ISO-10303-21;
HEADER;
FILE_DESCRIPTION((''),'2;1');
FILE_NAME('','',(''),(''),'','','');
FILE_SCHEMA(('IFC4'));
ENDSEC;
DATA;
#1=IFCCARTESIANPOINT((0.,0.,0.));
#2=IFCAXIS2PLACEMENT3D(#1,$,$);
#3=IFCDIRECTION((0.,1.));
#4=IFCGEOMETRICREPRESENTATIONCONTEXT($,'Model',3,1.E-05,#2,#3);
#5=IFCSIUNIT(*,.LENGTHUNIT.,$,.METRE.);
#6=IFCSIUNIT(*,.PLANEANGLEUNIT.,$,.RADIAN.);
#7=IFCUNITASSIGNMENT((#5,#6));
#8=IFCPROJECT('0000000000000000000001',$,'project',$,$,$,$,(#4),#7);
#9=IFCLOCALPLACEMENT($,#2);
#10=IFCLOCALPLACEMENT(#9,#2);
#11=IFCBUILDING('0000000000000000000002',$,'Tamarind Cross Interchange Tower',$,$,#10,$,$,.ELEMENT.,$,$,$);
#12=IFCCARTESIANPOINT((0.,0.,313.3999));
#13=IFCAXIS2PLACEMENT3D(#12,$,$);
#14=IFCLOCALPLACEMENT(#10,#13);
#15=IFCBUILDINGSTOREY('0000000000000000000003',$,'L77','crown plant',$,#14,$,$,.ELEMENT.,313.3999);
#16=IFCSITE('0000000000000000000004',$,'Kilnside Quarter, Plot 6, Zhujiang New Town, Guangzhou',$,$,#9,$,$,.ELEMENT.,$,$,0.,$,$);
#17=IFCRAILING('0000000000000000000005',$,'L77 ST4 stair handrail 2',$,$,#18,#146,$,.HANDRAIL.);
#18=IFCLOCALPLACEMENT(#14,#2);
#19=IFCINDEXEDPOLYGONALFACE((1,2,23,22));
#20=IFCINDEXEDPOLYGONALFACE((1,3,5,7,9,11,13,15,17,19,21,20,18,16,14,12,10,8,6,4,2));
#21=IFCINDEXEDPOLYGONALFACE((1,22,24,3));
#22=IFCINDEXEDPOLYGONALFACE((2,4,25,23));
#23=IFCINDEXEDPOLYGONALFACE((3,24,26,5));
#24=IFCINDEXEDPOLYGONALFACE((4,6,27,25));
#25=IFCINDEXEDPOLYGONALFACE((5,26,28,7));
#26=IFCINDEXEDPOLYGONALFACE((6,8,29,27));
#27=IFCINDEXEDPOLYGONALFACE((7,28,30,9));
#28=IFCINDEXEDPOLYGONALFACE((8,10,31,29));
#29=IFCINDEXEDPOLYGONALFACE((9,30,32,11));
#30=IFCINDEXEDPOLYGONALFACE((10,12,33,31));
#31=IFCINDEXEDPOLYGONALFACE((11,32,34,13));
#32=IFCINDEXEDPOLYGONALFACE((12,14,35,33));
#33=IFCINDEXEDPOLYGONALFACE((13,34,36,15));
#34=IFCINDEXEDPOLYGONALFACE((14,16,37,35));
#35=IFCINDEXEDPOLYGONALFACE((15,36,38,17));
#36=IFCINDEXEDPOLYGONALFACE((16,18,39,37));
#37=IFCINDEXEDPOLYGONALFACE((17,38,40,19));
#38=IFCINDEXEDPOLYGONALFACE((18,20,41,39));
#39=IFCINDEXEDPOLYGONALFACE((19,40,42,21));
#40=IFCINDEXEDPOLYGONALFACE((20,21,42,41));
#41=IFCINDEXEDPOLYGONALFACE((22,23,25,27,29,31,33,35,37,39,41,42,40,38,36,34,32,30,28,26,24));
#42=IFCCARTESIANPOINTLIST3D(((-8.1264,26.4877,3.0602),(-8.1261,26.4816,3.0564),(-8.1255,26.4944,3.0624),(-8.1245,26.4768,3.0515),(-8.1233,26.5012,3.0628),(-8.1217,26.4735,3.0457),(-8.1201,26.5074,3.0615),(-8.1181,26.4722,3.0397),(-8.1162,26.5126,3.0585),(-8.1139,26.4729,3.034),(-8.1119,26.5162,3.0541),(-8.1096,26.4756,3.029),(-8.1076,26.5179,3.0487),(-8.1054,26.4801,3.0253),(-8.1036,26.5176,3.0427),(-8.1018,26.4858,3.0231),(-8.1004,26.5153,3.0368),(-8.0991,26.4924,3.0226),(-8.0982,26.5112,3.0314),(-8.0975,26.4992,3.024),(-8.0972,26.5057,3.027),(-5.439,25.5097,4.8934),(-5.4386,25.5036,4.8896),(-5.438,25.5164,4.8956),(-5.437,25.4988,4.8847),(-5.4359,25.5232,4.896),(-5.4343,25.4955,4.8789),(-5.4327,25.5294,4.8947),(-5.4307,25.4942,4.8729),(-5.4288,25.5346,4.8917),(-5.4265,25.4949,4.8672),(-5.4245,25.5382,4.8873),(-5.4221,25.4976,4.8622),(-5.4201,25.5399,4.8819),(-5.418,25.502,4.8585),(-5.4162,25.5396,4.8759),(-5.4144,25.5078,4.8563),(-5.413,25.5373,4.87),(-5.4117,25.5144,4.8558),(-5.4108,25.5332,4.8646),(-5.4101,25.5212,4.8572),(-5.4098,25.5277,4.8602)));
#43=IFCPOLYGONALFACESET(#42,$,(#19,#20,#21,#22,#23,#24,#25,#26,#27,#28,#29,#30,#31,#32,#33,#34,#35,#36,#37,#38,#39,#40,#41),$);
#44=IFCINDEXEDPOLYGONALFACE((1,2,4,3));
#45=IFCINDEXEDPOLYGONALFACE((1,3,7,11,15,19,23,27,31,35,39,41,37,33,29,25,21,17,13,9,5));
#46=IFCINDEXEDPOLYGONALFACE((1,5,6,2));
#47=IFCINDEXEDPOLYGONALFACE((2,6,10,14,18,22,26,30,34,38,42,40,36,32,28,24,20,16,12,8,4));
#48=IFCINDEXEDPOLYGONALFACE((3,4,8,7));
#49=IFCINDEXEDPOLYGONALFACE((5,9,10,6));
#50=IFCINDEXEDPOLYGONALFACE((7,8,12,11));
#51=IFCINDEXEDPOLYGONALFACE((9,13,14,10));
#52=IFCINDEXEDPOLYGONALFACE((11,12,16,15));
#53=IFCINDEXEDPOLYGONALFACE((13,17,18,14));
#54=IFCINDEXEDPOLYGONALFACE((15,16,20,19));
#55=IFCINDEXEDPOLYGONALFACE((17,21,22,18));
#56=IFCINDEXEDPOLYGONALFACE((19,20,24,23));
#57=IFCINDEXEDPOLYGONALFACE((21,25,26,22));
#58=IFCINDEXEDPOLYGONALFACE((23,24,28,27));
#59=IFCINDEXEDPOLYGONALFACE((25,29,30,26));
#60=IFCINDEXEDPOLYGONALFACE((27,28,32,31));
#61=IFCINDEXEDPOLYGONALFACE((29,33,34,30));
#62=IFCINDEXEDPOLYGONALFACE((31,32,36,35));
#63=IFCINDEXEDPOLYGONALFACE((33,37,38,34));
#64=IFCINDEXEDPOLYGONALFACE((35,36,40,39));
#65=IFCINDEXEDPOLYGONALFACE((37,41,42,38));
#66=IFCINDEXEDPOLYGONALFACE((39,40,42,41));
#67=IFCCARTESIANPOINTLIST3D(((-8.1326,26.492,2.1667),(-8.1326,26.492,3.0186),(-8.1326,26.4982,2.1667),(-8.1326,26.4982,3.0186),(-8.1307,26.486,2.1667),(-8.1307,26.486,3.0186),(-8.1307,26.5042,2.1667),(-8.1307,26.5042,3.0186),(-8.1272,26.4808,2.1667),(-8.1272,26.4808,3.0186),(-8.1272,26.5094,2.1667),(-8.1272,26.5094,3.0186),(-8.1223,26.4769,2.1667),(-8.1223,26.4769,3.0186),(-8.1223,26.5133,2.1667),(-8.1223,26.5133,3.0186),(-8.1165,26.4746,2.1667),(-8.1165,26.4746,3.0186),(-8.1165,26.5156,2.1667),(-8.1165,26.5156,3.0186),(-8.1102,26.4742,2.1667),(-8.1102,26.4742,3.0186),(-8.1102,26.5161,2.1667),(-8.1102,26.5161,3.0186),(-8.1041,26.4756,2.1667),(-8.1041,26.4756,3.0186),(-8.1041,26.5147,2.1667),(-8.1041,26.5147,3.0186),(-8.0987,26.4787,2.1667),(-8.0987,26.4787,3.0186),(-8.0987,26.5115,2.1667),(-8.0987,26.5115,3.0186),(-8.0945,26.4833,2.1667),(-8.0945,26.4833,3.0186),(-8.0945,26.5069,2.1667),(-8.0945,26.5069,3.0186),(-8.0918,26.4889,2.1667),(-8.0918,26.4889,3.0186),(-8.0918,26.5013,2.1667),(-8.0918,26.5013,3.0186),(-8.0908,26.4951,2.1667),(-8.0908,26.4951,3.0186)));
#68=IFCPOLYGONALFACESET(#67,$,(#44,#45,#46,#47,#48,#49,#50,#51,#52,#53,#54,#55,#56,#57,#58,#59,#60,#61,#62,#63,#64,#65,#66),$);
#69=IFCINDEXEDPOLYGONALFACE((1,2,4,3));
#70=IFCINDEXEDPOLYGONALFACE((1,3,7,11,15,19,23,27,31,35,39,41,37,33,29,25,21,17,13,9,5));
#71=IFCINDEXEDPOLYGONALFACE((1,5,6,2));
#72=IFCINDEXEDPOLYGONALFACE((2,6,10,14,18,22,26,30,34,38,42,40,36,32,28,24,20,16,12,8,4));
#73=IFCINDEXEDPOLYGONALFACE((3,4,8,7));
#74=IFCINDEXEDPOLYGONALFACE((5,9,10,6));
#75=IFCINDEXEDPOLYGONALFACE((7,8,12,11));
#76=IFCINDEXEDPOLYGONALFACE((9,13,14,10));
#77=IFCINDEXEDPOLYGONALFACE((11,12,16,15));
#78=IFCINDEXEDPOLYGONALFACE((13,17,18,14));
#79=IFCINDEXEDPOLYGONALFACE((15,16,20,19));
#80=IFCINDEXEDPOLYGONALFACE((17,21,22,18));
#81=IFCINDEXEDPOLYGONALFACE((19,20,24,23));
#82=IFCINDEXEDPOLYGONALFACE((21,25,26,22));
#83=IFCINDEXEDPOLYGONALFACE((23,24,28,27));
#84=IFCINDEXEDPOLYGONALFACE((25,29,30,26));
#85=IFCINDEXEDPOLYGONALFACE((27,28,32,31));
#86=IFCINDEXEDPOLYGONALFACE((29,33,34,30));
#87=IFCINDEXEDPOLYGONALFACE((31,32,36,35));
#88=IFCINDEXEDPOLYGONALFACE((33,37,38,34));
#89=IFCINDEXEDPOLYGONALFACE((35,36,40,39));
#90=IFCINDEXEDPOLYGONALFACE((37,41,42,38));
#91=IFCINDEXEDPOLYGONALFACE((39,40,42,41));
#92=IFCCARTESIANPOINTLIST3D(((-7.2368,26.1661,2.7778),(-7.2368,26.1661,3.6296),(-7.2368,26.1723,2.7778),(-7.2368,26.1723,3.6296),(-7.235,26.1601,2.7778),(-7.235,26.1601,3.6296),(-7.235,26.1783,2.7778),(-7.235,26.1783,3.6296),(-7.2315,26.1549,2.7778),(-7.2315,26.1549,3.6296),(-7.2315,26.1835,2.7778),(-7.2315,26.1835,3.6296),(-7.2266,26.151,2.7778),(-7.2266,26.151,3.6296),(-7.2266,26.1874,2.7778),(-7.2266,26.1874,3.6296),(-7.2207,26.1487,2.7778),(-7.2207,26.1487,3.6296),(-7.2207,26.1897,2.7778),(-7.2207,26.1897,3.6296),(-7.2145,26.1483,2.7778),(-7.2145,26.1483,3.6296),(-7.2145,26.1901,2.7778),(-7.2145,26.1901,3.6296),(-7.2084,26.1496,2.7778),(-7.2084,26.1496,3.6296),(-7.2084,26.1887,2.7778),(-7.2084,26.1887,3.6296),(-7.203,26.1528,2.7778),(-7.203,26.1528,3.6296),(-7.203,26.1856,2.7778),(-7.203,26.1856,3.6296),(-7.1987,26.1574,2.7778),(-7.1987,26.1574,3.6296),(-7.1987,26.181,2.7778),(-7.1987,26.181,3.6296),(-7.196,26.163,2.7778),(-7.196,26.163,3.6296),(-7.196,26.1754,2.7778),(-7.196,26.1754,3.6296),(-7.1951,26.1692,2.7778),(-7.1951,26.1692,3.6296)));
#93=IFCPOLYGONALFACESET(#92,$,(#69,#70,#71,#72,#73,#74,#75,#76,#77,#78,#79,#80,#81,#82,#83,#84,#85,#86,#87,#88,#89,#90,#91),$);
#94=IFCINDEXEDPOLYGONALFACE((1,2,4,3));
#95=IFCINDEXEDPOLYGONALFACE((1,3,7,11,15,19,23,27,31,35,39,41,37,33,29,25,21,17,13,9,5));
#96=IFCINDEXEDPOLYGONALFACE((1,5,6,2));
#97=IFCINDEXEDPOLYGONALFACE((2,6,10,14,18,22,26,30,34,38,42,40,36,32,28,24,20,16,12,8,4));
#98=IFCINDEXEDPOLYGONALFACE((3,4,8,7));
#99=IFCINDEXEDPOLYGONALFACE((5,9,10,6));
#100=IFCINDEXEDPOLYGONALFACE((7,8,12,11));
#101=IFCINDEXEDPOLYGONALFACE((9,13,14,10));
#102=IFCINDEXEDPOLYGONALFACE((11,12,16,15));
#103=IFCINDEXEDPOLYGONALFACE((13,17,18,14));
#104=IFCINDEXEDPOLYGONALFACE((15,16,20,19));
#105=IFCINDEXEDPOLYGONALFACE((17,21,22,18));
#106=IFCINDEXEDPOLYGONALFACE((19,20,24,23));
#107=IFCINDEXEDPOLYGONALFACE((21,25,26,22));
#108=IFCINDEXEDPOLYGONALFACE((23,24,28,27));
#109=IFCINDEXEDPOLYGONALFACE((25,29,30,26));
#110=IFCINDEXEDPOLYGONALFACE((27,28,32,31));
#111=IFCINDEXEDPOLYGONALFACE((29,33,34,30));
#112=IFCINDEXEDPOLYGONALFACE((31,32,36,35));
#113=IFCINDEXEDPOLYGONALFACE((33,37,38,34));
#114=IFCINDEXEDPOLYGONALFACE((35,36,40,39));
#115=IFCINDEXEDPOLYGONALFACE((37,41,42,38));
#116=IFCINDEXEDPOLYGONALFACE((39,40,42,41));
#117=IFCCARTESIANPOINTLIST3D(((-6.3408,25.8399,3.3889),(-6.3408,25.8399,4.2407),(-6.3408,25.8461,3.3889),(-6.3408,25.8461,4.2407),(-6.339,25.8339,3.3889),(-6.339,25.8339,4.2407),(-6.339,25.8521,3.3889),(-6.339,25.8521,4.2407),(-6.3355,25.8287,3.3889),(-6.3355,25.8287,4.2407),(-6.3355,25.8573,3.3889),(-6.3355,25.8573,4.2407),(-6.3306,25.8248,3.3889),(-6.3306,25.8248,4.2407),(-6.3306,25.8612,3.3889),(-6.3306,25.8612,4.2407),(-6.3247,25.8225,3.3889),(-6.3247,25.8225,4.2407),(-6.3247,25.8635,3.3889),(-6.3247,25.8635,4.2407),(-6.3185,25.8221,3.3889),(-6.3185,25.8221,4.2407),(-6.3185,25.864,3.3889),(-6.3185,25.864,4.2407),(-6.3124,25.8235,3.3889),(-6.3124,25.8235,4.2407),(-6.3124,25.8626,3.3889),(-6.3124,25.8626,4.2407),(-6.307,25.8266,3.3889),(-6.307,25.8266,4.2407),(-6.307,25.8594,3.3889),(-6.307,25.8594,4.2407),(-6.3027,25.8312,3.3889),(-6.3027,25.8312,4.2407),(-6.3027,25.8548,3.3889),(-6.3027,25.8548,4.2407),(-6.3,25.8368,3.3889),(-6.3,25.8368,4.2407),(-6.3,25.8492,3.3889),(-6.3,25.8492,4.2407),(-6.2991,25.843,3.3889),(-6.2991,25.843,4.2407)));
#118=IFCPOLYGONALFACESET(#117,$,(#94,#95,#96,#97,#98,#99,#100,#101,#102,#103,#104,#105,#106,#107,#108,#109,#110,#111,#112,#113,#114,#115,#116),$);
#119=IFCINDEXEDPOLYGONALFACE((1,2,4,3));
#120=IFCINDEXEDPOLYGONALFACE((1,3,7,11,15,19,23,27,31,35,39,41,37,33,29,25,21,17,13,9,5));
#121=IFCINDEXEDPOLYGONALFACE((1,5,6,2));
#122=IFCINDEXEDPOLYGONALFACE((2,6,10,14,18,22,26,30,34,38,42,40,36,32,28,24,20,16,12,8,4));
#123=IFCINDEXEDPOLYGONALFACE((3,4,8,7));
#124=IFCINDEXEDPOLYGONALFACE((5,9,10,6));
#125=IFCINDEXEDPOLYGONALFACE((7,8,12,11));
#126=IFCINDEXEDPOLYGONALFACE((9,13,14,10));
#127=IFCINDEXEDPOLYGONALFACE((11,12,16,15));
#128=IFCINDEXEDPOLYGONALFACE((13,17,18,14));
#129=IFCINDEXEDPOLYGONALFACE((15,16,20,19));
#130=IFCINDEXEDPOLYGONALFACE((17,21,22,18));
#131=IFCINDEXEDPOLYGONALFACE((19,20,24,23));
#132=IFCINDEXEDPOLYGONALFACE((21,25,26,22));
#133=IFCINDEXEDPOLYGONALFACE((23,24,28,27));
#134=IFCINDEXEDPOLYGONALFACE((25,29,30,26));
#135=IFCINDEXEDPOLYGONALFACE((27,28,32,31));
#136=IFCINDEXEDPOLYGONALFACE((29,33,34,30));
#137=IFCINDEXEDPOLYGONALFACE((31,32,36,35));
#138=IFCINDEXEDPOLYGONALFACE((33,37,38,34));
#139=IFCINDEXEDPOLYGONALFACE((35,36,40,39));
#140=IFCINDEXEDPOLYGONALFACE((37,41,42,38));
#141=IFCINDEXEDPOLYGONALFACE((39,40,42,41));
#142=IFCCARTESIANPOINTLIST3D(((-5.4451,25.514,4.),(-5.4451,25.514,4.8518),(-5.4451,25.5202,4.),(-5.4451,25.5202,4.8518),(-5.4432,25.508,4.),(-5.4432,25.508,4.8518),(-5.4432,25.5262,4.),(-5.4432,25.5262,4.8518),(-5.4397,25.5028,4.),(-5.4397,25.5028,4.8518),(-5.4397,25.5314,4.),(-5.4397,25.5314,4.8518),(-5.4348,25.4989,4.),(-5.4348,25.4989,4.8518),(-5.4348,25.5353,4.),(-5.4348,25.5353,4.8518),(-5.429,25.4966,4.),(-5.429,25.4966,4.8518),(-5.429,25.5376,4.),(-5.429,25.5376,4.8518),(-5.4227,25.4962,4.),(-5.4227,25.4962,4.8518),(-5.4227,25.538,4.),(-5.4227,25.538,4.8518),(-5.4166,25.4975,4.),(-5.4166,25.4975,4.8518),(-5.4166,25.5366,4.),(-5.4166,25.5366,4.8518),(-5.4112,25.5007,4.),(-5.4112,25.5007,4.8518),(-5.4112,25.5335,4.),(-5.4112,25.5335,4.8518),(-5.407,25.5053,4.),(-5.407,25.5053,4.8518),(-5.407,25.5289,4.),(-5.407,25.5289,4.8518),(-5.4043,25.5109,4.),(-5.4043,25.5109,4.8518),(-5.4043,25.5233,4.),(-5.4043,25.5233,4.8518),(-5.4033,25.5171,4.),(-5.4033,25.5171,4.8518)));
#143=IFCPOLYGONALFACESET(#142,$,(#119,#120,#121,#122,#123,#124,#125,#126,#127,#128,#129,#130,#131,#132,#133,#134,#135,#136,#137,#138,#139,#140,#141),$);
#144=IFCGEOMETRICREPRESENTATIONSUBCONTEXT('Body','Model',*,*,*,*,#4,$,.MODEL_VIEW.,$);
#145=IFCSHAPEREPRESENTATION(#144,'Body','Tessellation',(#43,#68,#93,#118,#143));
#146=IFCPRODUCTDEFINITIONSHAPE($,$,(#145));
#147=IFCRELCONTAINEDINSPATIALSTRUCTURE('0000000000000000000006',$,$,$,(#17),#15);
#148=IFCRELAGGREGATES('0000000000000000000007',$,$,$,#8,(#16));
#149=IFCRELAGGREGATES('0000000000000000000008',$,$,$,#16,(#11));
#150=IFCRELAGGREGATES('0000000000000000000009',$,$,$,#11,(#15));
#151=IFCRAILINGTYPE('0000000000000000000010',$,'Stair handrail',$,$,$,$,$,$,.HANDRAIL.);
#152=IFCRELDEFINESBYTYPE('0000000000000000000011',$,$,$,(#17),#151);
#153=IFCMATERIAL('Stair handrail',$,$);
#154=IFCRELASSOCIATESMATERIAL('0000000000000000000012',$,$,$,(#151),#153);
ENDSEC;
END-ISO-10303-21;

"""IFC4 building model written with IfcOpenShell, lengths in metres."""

from ifc_helpers import new_model, si_unit, direction, frame, origin, origin_2d, place, context, subcontext, project, spatial, circle, extrude, material, type_object, element, save


model = new_model("IFC4")

# Units and contexts
model_context = context("Model", 3, precision=1e-05, world=origin(), true_north=direction((0.0, 1.0)))
body_context = subcontext(model_context, "Body", "Model", "MODEL_VIEW")
ifc_project = project(units=[si_unit("LENGTHUNIT", "METRE"), si_unit("PLANEANGLEUNIT", "RADIAN")], contexts=[model_context])

# Site, building, storey
site_placement = place(None, origin())
site = spatial("IfcSite", under=ifc_project, at=site_placement, Name="Kilnside Quarter, Plot 6, Zhujiang New Town, Guangzhou", CompositionType="ELEMENT", RefElevation=0.0)
building_placement = place(site_placement, origin())
building = spatial("IfcBuilding", under=site, at=building_placement, Name="Tamarind Cross Interchange Tower", CompositionType="ELEMENT")
storey_placement = place(building_placement, frame((0.0, 0.0, 313.3999)))
storey = spatial("IfcBuildingStorey", under=building, at=storey_placement, Name="L77", Description="crown plant", CompositionType="ELEMENT", Elevation=313.3999)

# Railing
ifc_material_1 = material(Name="Stair handrail")
railing_type_1 = type_object("IfcRailingType", Name="Stair handrail", PredefinedType="HANDRAIL", material=ifc_material_1)
railing_1_placement = place(storey_placement, frame((-8.1118, 26.4951, 2.1667)))
element("IfcRailing", 1, at=railing_1_placement, inside=storey, type_object=railing_type_1, Name="L77 ST4 stair handrail 2", PredefinedType="HANDRAIL", context=body_context, shape_type="SweptSolid", body=[
    extrude(circle(Radius=0.0239, at=origin_2d()), frame((0.0, 0.0, 0.876), z_axis=(0.791126, -0.287904, 0.539659), x_axis=(0.341976, 0.939709, 0.0)), (0.0, 0.0, 1.0), 3.397),
    extrude(circle(Radius=0.021, at=origin_2d()), origin(), (0.0, 0.0, 1.0), 0.8518),
    extrude(circle(Radius=0.021, at=origin_2d()), frame((0.8958, -0.3259, 0.6111)), (0.0, 0.0, 1.0), 0.8518),
    extrude(circle(Radius=0.021, at=origin_2d()), frame((1.7917, -0.6521, 1.2222)), (0.0, 0.0, 1.0), 0.8518),
    extrude(circle(Radius=0.021, at=origin_2d()), frame((2.6875, -0.978, 1.8333)), (0.0, 0.0, 1.0), 0.8518),
])

save(model, "model.ifc")
